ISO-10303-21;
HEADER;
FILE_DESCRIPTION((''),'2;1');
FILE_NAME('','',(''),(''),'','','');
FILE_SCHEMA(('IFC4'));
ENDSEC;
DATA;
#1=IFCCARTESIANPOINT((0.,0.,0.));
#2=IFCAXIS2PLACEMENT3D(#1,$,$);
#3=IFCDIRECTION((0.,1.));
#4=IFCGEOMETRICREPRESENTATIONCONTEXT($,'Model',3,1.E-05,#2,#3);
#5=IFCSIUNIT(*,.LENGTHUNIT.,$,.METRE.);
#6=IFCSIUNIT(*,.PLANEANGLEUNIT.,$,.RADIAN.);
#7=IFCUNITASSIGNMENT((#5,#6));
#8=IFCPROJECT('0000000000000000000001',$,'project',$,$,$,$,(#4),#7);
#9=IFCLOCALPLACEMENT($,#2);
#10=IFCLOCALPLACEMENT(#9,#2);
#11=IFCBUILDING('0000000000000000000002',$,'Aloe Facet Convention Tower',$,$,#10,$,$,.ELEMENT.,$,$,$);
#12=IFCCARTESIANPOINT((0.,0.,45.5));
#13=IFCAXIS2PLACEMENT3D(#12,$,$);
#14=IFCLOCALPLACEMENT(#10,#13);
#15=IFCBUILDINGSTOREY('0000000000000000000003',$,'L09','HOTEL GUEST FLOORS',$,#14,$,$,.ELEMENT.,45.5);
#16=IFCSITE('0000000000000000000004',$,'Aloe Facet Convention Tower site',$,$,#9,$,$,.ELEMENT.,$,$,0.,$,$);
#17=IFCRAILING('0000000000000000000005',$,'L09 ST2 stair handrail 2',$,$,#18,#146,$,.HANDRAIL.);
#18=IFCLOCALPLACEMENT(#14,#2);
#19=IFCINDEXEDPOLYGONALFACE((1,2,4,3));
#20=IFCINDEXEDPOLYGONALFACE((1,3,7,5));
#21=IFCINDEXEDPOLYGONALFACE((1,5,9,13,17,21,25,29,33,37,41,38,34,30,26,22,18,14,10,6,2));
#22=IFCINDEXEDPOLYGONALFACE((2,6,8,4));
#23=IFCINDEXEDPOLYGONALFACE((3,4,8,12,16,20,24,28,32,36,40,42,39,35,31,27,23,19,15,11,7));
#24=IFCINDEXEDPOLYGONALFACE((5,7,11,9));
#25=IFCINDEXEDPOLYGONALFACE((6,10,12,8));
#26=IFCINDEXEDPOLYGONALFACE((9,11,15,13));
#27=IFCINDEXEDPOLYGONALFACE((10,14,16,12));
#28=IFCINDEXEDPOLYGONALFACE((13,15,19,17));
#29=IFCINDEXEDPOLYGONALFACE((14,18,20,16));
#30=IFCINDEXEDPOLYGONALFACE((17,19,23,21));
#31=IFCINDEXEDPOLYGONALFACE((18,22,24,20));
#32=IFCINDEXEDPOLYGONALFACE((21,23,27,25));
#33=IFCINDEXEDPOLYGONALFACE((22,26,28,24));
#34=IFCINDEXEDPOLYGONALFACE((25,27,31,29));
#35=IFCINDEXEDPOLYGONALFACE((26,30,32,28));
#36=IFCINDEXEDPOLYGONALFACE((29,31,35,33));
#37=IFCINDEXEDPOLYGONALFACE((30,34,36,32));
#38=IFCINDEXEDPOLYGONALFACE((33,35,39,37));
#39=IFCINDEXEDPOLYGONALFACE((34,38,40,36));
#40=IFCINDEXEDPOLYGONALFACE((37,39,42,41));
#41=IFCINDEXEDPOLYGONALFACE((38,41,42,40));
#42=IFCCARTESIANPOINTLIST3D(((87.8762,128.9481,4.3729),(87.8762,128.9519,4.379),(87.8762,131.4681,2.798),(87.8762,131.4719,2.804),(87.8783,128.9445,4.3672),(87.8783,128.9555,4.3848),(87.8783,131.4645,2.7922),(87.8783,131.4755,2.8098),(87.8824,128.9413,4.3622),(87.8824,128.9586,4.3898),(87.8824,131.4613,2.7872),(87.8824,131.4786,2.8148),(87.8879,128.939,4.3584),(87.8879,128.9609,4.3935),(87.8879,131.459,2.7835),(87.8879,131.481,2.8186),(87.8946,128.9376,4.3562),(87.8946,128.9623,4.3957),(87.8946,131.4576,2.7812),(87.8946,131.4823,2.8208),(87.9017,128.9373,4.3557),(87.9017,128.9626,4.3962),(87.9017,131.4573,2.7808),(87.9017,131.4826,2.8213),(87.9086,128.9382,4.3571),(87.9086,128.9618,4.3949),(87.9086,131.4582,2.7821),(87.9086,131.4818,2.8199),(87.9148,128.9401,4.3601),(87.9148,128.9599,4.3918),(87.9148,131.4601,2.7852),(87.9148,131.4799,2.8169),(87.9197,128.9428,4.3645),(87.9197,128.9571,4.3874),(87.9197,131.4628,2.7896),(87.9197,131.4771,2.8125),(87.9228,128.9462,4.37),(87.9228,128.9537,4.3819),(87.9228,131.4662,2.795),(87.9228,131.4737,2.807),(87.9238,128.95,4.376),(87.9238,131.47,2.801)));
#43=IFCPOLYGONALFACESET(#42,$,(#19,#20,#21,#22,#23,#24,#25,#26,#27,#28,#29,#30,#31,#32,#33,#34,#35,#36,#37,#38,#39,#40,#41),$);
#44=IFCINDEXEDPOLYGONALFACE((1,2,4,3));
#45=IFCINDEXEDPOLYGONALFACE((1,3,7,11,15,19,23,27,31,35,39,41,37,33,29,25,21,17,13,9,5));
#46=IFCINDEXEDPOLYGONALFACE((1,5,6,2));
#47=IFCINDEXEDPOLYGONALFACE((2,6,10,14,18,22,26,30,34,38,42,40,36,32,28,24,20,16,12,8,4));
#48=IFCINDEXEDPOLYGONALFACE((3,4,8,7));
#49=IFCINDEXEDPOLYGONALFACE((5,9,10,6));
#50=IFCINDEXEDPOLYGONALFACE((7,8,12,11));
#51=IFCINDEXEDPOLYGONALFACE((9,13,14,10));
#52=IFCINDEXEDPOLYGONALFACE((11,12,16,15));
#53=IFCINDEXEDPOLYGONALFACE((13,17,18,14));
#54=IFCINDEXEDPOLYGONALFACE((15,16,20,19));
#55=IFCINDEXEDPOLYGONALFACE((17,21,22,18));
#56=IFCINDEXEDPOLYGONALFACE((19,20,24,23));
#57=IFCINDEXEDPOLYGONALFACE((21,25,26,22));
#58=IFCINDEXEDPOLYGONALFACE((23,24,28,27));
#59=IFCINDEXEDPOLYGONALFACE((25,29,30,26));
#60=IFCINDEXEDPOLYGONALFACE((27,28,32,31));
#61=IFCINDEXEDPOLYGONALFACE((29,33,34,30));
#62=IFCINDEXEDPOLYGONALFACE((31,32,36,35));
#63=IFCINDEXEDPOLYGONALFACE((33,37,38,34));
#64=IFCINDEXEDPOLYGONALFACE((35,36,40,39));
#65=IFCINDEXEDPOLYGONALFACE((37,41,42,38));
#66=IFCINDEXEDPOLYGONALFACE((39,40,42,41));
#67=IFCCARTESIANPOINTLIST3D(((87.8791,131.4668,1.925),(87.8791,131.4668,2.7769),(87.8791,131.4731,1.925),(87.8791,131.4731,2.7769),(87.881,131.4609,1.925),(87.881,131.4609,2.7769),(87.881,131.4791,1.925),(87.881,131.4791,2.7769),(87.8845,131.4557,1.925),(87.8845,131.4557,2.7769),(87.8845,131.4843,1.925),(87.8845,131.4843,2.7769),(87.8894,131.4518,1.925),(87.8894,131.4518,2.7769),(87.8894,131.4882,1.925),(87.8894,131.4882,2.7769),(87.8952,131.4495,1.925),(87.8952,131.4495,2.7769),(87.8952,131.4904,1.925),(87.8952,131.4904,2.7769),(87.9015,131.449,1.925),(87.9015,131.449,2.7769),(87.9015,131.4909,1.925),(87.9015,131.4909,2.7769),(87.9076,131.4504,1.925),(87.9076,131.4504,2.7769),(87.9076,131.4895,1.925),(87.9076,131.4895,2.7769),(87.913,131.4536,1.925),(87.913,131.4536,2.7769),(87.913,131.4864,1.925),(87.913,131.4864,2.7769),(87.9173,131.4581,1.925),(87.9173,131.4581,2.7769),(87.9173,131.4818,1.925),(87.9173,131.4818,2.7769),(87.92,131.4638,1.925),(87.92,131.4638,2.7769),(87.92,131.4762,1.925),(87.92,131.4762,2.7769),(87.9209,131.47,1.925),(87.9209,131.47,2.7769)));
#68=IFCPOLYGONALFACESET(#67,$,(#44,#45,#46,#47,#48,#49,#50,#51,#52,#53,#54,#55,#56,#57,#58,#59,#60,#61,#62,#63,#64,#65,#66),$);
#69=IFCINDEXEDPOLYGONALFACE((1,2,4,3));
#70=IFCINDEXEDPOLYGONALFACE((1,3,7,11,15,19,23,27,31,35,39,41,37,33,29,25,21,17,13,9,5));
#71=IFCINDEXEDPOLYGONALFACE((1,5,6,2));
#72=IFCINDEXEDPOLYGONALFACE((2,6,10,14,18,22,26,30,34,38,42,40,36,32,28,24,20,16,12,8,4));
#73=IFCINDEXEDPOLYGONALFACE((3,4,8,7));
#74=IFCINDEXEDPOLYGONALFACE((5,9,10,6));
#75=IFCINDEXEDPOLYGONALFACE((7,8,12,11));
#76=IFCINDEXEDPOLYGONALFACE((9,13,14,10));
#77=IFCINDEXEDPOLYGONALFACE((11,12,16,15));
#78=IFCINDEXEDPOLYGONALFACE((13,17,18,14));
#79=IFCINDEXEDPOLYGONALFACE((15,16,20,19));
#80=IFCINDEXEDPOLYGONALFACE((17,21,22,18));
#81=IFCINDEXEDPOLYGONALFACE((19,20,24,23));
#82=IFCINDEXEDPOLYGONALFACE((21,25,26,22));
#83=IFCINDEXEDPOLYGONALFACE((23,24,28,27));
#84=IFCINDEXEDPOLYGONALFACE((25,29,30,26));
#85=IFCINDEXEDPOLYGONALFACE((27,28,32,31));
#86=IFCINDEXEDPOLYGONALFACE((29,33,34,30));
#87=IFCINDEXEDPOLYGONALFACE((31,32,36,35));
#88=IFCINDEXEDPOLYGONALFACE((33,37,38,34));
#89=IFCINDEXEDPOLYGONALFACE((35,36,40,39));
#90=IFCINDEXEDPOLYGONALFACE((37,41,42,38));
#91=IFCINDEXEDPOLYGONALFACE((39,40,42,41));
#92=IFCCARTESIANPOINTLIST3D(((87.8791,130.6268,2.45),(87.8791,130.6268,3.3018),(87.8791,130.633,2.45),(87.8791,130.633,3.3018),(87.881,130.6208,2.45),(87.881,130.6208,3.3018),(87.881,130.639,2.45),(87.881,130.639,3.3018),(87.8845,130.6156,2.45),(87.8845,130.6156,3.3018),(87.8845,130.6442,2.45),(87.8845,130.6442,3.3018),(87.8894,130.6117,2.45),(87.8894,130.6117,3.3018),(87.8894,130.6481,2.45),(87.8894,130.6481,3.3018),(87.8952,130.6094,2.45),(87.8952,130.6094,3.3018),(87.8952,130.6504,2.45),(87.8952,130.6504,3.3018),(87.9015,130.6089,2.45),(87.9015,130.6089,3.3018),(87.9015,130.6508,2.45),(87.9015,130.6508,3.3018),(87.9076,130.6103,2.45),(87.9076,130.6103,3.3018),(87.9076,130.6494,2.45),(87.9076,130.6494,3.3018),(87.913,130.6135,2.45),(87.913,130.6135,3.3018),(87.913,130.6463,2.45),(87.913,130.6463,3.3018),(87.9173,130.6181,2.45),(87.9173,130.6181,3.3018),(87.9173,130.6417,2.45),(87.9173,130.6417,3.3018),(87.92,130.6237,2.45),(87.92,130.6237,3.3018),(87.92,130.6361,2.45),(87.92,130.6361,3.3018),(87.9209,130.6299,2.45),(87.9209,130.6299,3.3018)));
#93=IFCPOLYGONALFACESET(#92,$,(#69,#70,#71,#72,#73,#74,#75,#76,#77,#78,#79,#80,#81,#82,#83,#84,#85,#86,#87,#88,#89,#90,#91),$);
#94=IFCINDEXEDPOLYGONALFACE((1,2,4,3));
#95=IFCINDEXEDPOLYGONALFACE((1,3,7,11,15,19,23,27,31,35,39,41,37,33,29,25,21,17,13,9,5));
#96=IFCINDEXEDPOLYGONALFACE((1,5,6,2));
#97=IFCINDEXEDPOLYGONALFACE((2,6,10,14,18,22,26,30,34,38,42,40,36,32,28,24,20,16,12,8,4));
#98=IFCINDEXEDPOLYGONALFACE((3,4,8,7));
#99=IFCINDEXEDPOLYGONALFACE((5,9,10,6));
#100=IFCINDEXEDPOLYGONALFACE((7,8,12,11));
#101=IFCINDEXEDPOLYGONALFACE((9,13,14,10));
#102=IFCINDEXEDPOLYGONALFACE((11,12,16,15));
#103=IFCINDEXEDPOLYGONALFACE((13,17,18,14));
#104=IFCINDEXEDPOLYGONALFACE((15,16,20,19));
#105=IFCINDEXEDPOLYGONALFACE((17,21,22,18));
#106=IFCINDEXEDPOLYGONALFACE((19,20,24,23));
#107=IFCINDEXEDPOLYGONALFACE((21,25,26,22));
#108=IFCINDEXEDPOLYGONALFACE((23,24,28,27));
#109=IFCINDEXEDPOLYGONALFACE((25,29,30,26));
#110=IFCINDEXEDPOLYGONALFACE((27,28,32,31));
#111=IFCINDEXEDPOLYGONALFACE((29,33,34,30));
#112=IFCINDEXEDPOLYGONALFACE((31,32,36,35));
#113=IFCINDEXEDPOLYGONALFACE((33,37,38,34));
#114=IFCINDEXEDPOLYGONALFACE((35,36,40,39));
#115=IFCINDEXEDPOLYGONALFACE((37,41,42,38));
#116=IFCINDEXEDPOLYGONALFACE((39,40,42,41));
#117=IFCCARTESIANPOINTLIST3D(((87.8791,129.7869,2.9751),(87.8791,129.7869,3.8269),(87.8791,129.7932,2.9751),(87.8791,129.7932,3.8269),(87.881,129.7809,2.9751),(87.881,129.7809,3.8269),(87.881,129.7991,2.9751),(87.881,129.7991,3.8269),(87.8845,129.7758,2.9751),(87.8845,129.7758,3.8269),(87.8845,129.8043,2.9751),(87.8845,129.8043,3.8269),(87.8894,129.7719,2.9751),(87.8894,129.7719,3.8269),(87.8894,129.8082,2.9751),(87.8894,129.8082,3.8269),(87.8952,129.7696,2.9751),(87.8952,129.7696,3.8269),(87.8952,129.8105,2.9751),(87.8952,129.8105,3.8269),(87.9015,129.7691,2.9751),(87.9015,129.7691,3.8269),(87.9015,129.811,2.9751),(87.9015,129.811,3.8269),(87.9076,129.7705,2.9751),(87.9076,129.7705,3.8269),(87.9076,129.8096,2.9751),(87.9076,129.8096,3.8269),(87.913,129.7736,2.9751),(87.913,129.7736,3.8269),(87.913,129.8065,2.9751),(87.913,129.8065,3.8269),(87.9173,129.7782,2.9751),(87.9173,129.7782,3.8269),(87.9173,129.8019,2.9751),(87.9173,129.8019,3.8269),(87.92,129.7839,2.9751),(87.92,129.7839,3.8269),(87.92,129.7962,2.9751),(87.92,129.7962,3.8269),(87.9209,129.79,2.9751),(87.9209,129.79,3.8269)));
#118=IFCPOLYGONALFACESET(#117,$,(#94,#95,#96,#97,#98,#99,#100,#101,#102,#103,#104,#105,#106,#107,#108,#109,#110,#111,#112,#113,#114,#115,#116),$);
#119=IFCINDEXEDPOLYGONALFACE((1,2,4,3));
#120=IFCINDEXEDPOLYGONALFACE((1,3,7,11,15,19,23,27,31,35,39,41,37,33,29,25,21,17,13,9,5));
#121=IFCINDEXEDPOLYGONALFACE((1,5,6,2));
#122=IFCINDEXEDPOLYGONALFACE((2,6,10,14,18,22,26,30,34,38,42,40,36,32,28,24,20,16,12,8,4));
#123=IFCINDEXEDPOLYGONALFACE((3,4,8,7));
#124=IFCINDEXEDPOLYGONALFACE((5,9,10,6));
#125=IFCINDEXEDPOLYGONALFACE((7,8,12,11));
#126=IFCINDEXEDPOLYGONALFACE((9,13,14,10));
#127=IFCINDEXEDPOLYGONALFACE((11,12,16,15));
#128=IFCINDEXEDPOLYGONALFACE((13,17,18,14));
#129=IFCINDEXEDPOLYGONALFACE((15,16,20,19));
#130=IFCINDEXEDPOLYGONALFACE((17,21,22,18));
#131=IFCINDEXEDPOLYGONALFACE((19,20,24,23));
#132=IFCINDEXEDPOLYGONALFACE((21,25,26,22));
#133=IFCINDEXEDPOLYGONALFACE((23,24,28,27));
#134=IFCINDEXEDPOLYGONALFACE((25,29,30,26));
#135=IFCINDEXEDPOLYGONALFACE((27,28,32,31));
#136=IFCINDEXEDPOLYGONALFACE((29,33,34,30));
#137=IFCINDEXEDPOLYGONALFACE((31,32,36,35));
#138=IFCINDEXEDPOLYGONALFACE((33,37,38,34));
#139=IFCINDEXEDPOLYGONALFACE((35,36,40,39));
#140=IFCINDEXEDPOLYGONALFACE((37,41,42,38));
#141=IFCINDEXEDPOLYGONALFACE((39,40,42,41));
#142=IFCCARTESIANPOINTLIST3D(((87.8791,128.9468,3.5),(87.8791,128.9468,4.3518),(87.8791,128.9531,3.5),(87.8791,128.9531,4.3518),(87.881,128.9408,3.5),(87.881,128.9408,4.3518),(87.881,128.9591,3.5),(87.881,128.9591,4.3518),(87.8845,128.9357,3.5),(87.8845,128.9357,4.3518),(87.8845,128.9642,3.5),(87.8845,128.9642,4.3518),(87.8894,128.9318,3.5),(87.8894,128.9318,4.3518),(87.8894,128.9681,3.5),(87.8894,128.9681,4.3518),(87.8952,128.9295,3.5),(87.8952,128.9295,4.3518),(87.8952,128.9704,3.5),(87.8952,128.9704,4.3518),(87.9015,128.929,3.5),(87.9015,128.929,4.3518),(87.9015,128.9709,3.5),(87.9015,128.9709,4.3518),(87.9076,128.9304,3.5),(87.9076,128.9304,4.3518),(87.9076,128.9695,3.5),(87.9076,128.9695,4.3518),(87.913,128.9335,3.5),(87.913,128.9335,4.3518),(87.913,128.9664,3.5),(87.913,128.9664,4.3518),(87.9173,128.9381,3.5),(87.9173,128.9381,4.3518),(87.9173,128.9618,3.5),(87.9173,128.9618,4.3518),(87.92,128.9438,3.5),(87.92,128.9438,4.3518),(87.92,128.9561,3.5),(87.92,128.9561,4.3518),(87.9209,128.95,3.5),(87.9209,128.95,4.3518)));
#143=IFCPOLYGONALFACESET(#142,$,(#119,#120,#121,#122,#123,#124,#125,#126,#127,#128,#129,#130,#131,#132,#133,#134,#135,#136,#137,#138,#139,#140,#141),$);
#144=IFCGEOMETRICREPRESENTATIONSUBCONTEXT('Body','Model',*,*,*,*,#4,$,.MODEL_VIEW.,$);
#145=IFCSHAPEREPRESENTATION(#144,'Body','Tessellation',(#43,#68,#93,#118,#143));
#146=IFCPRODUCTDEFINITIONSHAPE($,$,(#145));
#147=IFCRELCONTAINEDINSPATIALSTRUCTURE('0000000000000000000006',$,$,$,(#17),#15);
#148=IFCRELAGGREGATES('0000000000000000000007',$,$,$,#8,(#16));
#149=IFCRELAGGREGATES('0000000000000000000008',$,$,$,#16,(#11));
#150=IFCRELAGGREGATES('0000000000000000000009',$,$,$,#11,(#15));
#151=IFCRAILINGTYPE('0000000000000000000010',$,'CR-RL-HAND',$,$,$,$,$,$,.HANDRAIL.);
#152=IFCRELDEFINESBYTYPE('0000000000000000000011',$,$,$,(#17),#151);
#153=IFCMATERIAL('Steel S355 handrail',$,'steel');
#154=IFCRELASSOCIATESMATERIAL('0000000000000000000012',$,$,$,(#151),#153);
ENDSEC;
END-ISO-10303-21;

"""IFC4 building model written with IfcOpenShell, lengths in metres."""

from ifc_helpers import new_model, si_unit, direction, frame, origin, origin_2d, place, context, subcontext, project, spatial, circle, extrude, material, type_object, element, save


model = new_model("IFC4")

# Units and contexts
model_context = context("Model", 3, precision=1e-05, world=origin(), true_north=direction((0.0, 1.0)))
body_context = subcontext(model_context, "Body", "Model", "MODEL_VIEW")
ifc_project = project(units=[si_unit("LENGTHUNIT", "METRE"), si_unit("PLANEANGLEUNIT", "RADIAN")], contexts=[model_context])

# Site, building, storey
site_placement = place(None, origin())
site = spatial("IfcSite", under=ifc_project, at=site_placement, Name="Aloe Facet Convention Tower site", CompositionType="ELEMENT", RefElevation=0.0)
building_placement = place(site_placement, origin())
building = spatial("IfcBuilding", under=site, at=building_placement, Name="Aloe Facet Convention Tower", CompositionType="ELEMENT")
storey_placement = place(building_placement, frame((0.0, 0.0, 45.5)))
storey = spatial("IfcBuildingStorey", under=building, at=storey_placement, Name="L09", Description="HOTEL GUEST FLOORS", CompositionType="ELEMENT", Elevation=45.5)

# Railing
ifc_material_1 = material(Name="Steel S355 handrail", Category="steel")
railing_type_1 = type_object("IfcRailingType", Name="CR-RL-HAND", PredefinedType="HANDRAIL", material=ifc_material_1)
railing_1_placement = place(storey_placement, frame((87.8999, 131.47, 1.925)))
element("IfcRailing", 1, at=railing_1_placement, inside=storey, type_object=railing_type_1, Name="L09 ST2 stair handrail 2", PredefinedType="HANDRAIL", context=body_context, shape_type="SweptSolid", body=[
    extrude(circle(Radius=0.0239, at=origin_2d()), frame((0.0, 0.0, 0.876), z_axis=(0.0, -0.848008, 0.529984), x_axis=(1.0, 0.0, 0.0)), (0.0, 0.0, 1.0), 2.9717),
    extrude(circle(Radius=0.021, at=origin_2d()), origin(), (0.0, 0.0, 1.0), 0.8518),
    extrude(circle(Radius=0.021, at=origin_2d()), frame((0.0, -0.8401, 0.5249)), (0.0, 0.0, 1.0), 0.8518),
    extrude(circle(Radius=0.021, at=origin_2d()), frame((0.0, -1.6799, 1.05)), (0.0, 0.0, 1.0), 0.8518),
    extrude(circle(Radius=0.021, at=origin_2d()), frame((0.0, -2.52, 1.575)), (0.0, 0.0, 1.0), 0.8518),
])

save(model, "model.ifc")
